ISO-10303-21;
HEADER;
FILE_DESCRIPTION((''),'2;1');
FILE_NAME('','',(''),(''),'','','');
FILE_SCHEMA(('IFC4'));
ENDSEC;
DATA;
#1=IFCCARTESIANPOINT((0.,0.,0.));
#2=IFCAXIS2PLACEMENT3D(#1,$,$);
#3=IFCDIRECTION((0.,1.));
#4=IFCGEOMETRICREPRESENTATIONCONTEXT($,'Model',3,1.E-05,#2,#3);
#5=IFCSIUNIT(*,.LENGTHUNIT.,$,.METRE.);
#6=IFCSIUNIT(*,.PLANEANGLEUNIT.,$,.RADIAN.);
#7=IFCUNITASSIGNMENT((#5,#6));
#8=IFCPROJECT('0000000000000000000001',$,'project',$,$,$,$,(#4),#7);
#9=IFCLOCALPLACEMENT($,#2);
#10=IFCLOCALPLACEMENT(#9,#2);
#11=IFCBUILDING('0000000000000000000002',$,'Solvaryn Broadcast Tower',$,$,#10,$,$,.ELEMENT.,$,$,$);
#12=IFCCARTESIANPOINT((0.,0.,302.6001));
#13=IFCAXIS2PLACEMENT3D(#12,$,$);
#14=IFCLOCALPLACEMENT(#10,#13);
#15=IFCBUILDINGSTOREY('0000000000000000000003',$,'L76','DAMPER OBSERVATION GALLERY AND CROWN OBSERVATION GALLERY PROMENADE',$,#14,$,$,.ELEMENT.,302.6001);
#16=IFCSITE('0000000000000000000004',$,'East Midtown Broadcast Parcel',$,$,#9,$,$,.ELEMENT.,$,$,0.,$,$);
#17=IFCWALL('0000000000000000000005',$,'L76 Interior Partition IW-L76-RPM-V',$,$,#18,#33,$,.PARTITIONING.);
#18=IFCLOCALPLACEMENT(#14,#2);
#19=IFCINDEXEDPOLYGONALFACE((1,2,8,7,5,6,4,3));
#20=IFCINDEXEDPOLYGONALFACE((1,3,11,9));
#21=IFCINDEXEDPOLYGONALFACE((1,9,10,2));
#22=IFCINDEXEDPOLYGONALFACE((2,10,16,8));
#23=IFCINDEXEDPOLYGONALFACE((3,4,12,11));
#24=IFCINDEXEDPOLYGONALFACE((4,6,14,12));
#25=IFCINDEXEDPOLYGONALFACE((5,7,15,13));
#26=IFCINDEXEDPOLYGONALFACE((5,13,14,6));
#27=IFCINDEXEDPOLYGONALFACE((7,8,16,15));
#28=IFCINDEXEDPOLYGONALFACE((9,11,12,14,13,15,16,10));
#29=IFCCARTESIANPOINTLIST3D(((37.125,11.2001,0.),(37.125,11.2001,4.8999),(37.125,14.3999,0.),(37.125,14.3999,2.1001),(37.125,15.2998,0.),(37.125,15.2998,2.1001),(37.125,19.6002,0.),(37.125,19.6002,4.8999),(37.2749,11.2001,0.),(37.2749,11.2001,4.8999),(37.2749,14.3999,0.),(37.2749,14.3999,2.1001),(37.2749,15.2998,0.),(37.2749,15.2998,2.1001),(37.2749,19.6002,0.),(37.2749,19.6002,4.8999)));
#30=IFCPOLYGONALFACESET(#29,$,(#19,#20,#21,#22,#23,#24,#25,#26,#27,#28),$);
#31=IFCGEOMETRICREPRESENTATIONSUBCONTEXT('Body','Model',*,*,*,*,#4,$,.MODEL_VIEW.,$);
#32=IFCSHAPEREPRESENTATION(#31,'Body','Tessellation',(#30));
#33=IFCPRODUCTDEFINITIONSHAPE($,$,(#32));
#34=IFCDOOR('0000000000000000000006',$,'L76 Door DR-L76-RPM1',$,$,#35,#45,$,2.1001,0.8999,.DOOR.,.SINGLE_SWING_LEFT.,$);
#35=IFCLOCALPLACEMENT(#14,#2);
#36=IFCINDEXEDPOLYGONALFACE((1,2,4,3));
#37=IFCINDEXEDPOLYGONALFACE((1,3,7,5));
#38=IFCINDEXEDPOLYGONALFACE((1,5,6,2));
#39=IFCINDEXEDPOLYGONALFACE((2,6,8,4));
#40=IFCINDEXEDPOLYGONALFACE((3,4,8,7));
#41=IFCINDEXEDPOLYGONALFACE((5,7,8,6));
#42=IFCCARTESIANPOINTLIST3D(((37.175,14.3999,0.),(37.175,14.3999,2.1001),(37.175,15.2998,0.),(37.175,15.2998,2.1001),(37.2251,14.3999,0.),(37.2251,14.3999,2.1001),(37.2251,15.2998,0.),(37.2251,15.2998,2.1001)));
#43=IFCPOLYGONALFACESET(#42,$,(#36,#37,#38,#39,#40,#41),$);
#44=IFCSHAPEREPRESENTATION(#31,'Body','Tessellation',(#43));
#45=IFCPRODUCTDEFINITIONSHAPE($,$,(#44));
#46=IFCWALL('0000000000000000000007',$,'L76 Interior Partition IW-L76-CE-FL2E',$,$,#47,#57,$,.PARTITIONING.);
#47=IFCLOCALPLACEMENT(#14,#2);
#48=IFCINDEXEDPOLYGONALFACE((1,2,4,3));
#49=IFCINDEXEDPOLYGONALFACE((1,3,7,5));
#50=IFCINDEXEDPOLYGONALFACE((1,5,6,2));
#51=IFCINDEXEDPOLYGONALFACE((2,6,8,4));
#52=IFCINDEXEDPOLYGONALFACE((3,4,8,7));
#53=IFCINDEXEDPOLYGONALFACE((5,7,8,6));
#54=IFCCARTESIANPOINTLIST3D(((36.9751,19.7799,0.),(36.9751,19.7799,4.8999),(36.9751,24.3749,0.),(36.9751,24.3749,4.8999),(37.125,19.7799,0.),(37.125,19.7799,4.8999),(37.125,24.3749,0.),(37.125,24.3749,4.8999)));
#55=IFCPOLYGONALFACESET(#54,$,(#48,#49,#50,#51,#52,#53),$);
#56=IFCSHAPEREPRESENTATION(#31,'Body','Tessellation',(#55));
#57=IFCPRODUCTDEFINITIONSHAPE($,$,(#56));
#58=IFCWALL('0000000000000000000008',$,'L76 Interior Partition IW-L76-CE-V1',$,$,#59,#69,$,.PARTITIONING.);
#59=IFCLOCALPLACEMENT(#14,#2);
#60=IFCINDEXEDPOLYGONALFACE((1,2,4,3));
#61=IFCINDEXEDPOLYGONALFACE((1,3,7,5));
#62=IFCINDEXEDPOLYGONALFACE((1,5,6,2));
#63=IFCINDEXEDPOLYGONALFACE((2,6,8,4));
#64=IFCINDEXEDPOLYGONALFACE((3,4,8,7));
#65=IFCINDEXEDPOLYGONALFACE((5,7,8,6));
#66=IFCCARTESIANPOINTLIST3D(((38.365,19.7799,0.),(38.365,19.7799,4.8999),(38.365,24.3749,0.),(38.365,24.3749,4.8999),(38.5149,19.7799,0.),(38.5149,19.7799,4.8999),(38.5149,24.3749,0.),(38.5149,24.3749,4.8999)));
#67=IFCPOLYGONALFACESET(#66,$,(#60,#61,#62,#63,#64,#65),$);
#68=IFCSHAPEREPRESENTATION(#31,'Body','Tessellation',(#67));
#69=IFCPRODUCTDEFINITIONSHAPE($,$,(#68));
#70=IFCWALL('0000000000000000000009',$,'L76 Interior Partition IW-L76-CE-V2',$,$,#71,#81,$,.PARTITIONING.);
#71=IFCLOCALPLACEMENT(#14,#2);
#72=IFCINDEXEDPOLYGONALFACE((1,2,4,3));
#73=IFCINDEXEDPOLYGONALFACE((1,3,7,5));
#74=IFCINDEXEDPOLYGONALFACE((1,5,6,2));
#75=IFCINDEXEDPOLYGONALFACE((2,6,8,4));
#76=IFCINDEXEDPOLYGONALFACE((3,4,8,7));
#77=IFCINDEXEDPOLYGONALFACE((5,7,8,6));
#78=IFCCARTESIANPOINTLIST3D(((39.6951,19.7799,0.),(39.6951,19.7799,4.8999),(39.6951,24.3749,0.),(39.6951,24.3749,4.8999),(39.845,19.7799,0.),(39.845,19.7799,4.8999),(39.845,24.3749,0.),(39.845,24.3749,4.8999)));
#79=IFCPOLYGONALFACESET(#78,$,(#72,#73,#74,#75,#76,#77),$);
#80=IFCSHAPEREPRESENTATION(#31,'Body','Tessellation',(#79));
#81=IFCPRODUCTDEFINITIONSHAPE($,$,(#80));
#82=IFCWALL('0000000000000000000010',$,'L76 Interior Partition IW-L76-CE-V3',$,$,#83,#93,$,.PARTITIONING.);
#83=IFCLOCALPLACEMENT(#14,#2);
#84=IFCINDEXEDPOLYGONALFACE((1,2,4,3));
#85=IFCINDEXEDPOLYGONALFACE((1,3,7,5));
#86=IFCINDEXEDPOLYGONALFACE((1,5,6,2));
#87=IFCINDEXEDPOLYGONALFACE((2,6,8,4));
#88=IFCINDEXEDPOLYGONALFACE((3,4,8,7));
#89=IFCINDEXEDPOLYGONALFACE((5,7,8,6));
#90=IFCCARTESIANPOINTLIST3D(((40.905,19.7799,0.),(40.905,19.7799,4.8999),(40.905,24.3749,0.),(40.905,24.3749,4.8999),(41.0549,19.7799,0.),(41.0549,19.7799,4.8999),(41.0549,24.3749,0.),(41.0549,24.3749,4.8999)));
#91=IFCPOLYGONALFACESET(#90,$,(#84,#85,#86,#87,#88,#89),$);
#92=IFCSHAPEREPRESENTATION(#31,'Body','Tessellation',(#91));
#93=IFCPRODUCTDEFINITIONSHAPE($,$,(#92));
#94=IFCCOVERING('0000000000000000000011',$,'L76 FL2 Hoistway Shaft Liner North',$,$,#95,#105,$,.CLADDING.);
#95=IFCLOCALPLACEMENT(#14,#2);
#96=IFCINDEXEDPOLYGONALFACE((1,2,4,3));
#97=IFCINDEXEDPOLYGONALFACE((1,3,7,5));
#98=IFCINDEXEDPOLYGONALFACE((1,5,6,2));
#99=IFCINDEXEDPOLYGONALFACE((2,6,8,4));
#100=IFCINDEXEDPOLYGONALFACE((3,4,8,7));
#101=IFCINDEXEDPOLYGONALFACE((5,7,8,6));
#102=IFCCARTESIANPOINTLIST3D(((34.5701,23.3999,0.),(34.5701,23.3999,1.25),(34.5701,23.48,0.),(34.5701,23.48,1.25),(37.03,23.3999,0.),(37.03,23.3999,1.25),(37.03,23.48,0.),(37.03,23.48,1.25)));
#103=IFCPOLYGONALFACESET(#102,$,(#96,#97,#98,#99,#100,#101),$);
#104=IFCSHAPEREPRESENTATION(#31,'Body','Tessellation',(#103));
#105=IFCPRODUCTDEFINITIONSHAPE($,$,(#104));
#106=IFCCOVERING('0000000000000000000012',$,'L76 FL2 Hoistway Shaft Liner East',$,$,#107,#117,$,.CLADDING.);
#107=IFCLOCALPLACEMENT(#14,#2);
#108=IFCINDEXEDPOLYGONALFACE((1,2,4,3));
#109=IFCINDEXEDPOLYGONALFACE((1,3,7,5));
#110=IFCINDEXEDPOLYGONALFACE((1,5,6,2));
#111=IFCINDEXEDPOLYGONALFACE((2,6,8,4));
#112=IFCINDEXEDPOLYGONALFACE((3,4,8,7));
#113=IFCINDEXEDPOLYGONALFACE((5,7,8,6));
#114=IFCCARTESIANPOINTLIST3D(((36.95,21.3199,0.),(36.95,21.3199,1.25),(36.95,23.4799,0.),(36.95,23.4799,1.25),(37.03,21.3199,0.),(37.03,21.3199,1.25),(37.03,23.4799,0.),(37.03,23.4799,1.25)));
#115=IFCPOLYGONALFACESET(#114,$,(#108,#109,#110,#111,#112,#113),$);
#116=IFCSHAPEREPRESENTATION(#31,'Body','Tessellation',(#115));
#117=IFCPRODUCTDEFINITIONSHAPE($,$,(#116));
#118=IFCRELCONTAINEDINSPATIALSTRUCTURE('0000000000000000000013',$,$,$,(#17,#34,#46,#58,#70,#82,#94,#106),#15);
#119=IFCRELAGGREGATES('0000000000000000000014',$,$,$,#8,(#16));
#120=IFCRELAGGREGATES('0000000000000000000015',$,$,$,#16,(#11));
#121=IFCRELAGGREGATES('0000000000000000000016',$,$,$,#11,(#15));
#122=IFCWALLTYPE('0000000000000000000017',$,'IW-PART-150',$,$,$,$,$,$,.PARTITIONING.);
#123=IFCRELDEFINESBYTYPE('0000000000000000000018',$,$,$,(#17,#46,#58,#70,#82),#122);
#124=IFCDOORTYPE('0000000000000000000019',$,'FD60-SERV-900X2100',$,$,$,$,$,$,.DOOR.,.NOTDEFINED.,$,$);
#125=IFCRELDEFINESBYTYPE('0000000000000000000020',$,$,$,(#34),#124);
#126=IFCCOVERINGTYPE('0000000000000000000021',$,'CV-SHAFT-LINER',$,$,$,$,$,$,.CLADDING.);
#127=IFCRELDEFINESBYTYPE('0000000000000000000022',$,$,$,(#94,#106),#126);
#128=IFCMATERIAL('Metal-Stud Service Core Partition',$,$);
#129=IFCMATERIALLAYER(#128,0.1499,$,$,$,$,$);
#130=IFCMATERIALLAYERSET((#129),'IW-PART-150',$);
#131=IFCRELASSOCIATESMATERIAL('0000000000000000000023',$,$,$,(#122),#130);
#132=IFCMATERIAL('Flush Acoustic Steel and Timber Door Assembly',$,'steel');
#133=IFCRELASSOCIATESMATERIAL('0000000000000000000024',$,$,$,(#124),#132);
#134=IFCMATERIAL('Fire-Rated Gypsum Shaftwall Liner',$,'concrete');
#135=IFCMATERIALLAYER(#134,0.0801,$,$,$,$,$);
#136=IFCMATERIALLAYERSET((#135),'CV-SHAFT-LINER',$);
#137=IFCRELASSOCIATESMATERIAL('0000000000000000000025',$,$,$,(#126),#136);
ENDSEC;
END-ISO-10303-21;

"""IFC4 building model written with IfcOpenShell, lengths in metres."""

from ifc_helpers import new_model, si_unit, direction, frame, frame_2d, origin, origin_2d, place, context, subcontext, project, spatial, rectangle, extrude, material, layer, layer_set, type_object, element, fill, save


model = new_model("IFC4")

# Units and contexts
model_context = context("Model", 3, precision=1e-05, world=origin(), true_north=direction((0.0, 1.0)))
body_context = subcontext(model_context, "Body", "Model", "MODEL_VIEW")
ifc_project = project(units=[si_unit("LENGTHUNIT", "METRE"), si_unit("PLANEANGLEUNIT", "RADIAN")], contexts=[model_context])

# Site, building, storey
site_placement = place(None, origin())
site = spatial("IfcSite", under=ifc_project, at=site_placement, Name="East Midtown Broadcast Parcel", CompositionType="ELEMENT", RefElevation=0.0)
building_placement = place(site_placement, origin())
building = spatial("IfcBuilding", under=site, at=building_placement, Name="Solvaryn Broadcast Tower", CompositionType="ELEMENT")
storey_placement = place(building_placement, frame((0.0, 0.0, 302.6001)))
storey = spatial("IfcBuildingStorey", under=building, at=storey_placement, Name="L76", Description="DAMPER OBSERVATION GALLERY AND CROWN OBSERVATION GALLERY PROMENADE", CompositionType="ELEMENT", Elevation=302.6001)

# Wall, opening, door
ifc_material_1 = material(Name="Metal-Stud Service Core Partition")
ifc_layer_1 = layer(ifc_material_1, 0.1499)
ifc_layer_set_1 = layer_set([ifc_layer_1], Name="IW-PART-150")
wall_type_1 = type_object("IfcWallType", Name="IW-PART-150", PredefinedType="PARTITIONING", material=ifc_layer_set_1)
wall_1_placement = place(storey_placement, frame((37.2, 11.2, 0.0), z_axis=(0.0, 0.0, 1.0), x_axis=(0.0, 1.0, 0.0)))
wall_1 = element("IfcWall", 1, at=wall_1_placement, inside=storey, type_object=wall_type_1, Name="L76 Interior Partition IW-L76-RPM-V", PredefinedType="PARTITIONING", context=body_context, shape_type="SweptSolid", body=[
    extrude(rectangle(XDim=8.4001, YDim=0.1499, at=frame_2d((4.2002, 0.0))), origin(), (0.0, 0.0, 1.0), 4.8999),
])
opening_1_placement = place(wall_1_placement, frame((3.2, 0.0, 0.0)))
opening_1 = element("IfcOpeningElement", 2, at=opening_1_placement, cuts=wall_1, PredefinedType="OPENING", context=body_context, shape_type="SweptSolid", body=[
    extrude(rectangle(XDim=0.8999, YDim=2.1001, at=frame_2d((0.45, 1.05))), frame((0.0, 0.085, 0.0), z_axis=(0.0, -1.0, 0.0), x_axis=(1.0, 0.0, 0.0)), (0.0, 0.0, 1.0), 0.1699),
])
ifc_material_2 = material(Name="Flush Acoustic Steel and Timber Door Assembly", Category="steel")
door_type_1 = type_object("IfcDoorType", Name="FD60-SERV-900X2100", OperationType="NOTDEFINED", PredefinedType="DOOR", material=ifc_material_2)
door_1_placement = place(opening_1_placement, origin())
door_1 = element("IfcDoor", 3, at=door_1_placement, inside=storey, type_object=door_type_1, Name="L76 Door DR-L76-RPM1", OperationType="SINGLE_SWING_LEFT", OverallHeight=2.1001, OverallWidth=0.8999, PredefinedType="DOOR", context=body_context, shape_type="SweptSolid", body=[
    extrude(rectangle(XDim=0.8999, YDim=2.1001, at=frame_2d((0.45, 1.05))), frame((0.0, 0.0249, 0.0), z_axis=(0.0, -1.0, 0.0), x_axis=(1.0, 0.0, 0.0)), (0.0, 0.0, 1.0), 0.05),
])
fill(opening_1, door_1)

# Walls
for number, where, z_axis, x_axis, name in (
    (4, (37.05, 19.78, 0.0), (0.0, 0.0, 1.0), (0.0, 1.0, 0.0), "L76 Interior Partition IW-L76-CE-FL2E"),
    (5, (38.4399, 19.78, 0.0), (0.0, 0.0, 1.0), (0.0, 1.0, 0.0), "L76 Interior Partition IW-L76-CE-V1"),
    (6, (39.77, 19.78, 0.0), (0.0, 0.0, 1.0), (0.0, 1.0, 0.0), "L76 Interior Partition IW-L76-CE-V2"),
    (7, (40.98, 19.78, 0.0), (0.0, 0.0, 1.0), (0.0, 1.0, 0.0), "L76 Interior Partition IW-L76-CE-V3"),
):
    element("IfcWall", number, at=place(storey_placement, frame(where, z_axis=z_axis, x_axis=x_axis)), inside=storey, type_object=wall_type_1, Name=name, PredefinedType="PARTITIONING", context=body_context, shape_type="SweptSolid", body=[
        extrude(rectangle(XDim=4.595, YDim=0.1499, at=frame_2d((2.2974, 0.0))), origin(), (0.0, 0.0, 1.0), 4.8999),
    ])

# Coverings
ifc_material_3 = material(Name="Fire-Rated Gypsum Shaftwall Liner", Category="concrete")
ifc_layer_2 = layer(ifc_material_3, 0.0801)
ifc_layer_set_2 = layer_set([ifc_layer_2], Name="CV-SHAFT-LINER")
covering_type = type_object("IfcCoveringType", Name="CV-SHAFT-LINER", PredefinedType="CLADDING", material=ifc_layer_set_2)
covering_1_placement = place(storey_placement, frame((35.8, 23.4399, 0.0), z_axis=(0.0, 0.0, 1.0), x_axis=(1.0, 0.0, 0.0)))
element("IfcCovering", 8, at=covering_1_placement, inside=storey, type_object=covering_type, Name="L76 FL2 Hoistway Shaft Liner North", PredefinedType="CLADDING", context=body_context, shape_type="SweptSolid", body=[
    extrude(rectangle(XDim=2.46, YDim=0.0801, at=origin_2d()), origin(), (0.0, 0.0, 1.0), 1.25),
])
covering_2_placement = place(storey_placement, frame((36.99, 22.3999, 0.0), z_axis=(0.0, 0.0, 1.0), x_axis=(1.0, 0.0, 0.0)))
element("IfcCovering", 9, at=covering_2_placement, inside=storey, type_object=covering_type, Name="L76 FL2 Hoistway Shaft Liner East", PredefinedType="CLADDING", context=body_context, shape_type="SweptSolid", body=[
    extrude(rectangle(XDim=0.0801, YDim=2.1599, at=origin_2d()), origin(), (0.0, 0.0, 1.0), 1.25),
])

save(model, "model.ifc")
